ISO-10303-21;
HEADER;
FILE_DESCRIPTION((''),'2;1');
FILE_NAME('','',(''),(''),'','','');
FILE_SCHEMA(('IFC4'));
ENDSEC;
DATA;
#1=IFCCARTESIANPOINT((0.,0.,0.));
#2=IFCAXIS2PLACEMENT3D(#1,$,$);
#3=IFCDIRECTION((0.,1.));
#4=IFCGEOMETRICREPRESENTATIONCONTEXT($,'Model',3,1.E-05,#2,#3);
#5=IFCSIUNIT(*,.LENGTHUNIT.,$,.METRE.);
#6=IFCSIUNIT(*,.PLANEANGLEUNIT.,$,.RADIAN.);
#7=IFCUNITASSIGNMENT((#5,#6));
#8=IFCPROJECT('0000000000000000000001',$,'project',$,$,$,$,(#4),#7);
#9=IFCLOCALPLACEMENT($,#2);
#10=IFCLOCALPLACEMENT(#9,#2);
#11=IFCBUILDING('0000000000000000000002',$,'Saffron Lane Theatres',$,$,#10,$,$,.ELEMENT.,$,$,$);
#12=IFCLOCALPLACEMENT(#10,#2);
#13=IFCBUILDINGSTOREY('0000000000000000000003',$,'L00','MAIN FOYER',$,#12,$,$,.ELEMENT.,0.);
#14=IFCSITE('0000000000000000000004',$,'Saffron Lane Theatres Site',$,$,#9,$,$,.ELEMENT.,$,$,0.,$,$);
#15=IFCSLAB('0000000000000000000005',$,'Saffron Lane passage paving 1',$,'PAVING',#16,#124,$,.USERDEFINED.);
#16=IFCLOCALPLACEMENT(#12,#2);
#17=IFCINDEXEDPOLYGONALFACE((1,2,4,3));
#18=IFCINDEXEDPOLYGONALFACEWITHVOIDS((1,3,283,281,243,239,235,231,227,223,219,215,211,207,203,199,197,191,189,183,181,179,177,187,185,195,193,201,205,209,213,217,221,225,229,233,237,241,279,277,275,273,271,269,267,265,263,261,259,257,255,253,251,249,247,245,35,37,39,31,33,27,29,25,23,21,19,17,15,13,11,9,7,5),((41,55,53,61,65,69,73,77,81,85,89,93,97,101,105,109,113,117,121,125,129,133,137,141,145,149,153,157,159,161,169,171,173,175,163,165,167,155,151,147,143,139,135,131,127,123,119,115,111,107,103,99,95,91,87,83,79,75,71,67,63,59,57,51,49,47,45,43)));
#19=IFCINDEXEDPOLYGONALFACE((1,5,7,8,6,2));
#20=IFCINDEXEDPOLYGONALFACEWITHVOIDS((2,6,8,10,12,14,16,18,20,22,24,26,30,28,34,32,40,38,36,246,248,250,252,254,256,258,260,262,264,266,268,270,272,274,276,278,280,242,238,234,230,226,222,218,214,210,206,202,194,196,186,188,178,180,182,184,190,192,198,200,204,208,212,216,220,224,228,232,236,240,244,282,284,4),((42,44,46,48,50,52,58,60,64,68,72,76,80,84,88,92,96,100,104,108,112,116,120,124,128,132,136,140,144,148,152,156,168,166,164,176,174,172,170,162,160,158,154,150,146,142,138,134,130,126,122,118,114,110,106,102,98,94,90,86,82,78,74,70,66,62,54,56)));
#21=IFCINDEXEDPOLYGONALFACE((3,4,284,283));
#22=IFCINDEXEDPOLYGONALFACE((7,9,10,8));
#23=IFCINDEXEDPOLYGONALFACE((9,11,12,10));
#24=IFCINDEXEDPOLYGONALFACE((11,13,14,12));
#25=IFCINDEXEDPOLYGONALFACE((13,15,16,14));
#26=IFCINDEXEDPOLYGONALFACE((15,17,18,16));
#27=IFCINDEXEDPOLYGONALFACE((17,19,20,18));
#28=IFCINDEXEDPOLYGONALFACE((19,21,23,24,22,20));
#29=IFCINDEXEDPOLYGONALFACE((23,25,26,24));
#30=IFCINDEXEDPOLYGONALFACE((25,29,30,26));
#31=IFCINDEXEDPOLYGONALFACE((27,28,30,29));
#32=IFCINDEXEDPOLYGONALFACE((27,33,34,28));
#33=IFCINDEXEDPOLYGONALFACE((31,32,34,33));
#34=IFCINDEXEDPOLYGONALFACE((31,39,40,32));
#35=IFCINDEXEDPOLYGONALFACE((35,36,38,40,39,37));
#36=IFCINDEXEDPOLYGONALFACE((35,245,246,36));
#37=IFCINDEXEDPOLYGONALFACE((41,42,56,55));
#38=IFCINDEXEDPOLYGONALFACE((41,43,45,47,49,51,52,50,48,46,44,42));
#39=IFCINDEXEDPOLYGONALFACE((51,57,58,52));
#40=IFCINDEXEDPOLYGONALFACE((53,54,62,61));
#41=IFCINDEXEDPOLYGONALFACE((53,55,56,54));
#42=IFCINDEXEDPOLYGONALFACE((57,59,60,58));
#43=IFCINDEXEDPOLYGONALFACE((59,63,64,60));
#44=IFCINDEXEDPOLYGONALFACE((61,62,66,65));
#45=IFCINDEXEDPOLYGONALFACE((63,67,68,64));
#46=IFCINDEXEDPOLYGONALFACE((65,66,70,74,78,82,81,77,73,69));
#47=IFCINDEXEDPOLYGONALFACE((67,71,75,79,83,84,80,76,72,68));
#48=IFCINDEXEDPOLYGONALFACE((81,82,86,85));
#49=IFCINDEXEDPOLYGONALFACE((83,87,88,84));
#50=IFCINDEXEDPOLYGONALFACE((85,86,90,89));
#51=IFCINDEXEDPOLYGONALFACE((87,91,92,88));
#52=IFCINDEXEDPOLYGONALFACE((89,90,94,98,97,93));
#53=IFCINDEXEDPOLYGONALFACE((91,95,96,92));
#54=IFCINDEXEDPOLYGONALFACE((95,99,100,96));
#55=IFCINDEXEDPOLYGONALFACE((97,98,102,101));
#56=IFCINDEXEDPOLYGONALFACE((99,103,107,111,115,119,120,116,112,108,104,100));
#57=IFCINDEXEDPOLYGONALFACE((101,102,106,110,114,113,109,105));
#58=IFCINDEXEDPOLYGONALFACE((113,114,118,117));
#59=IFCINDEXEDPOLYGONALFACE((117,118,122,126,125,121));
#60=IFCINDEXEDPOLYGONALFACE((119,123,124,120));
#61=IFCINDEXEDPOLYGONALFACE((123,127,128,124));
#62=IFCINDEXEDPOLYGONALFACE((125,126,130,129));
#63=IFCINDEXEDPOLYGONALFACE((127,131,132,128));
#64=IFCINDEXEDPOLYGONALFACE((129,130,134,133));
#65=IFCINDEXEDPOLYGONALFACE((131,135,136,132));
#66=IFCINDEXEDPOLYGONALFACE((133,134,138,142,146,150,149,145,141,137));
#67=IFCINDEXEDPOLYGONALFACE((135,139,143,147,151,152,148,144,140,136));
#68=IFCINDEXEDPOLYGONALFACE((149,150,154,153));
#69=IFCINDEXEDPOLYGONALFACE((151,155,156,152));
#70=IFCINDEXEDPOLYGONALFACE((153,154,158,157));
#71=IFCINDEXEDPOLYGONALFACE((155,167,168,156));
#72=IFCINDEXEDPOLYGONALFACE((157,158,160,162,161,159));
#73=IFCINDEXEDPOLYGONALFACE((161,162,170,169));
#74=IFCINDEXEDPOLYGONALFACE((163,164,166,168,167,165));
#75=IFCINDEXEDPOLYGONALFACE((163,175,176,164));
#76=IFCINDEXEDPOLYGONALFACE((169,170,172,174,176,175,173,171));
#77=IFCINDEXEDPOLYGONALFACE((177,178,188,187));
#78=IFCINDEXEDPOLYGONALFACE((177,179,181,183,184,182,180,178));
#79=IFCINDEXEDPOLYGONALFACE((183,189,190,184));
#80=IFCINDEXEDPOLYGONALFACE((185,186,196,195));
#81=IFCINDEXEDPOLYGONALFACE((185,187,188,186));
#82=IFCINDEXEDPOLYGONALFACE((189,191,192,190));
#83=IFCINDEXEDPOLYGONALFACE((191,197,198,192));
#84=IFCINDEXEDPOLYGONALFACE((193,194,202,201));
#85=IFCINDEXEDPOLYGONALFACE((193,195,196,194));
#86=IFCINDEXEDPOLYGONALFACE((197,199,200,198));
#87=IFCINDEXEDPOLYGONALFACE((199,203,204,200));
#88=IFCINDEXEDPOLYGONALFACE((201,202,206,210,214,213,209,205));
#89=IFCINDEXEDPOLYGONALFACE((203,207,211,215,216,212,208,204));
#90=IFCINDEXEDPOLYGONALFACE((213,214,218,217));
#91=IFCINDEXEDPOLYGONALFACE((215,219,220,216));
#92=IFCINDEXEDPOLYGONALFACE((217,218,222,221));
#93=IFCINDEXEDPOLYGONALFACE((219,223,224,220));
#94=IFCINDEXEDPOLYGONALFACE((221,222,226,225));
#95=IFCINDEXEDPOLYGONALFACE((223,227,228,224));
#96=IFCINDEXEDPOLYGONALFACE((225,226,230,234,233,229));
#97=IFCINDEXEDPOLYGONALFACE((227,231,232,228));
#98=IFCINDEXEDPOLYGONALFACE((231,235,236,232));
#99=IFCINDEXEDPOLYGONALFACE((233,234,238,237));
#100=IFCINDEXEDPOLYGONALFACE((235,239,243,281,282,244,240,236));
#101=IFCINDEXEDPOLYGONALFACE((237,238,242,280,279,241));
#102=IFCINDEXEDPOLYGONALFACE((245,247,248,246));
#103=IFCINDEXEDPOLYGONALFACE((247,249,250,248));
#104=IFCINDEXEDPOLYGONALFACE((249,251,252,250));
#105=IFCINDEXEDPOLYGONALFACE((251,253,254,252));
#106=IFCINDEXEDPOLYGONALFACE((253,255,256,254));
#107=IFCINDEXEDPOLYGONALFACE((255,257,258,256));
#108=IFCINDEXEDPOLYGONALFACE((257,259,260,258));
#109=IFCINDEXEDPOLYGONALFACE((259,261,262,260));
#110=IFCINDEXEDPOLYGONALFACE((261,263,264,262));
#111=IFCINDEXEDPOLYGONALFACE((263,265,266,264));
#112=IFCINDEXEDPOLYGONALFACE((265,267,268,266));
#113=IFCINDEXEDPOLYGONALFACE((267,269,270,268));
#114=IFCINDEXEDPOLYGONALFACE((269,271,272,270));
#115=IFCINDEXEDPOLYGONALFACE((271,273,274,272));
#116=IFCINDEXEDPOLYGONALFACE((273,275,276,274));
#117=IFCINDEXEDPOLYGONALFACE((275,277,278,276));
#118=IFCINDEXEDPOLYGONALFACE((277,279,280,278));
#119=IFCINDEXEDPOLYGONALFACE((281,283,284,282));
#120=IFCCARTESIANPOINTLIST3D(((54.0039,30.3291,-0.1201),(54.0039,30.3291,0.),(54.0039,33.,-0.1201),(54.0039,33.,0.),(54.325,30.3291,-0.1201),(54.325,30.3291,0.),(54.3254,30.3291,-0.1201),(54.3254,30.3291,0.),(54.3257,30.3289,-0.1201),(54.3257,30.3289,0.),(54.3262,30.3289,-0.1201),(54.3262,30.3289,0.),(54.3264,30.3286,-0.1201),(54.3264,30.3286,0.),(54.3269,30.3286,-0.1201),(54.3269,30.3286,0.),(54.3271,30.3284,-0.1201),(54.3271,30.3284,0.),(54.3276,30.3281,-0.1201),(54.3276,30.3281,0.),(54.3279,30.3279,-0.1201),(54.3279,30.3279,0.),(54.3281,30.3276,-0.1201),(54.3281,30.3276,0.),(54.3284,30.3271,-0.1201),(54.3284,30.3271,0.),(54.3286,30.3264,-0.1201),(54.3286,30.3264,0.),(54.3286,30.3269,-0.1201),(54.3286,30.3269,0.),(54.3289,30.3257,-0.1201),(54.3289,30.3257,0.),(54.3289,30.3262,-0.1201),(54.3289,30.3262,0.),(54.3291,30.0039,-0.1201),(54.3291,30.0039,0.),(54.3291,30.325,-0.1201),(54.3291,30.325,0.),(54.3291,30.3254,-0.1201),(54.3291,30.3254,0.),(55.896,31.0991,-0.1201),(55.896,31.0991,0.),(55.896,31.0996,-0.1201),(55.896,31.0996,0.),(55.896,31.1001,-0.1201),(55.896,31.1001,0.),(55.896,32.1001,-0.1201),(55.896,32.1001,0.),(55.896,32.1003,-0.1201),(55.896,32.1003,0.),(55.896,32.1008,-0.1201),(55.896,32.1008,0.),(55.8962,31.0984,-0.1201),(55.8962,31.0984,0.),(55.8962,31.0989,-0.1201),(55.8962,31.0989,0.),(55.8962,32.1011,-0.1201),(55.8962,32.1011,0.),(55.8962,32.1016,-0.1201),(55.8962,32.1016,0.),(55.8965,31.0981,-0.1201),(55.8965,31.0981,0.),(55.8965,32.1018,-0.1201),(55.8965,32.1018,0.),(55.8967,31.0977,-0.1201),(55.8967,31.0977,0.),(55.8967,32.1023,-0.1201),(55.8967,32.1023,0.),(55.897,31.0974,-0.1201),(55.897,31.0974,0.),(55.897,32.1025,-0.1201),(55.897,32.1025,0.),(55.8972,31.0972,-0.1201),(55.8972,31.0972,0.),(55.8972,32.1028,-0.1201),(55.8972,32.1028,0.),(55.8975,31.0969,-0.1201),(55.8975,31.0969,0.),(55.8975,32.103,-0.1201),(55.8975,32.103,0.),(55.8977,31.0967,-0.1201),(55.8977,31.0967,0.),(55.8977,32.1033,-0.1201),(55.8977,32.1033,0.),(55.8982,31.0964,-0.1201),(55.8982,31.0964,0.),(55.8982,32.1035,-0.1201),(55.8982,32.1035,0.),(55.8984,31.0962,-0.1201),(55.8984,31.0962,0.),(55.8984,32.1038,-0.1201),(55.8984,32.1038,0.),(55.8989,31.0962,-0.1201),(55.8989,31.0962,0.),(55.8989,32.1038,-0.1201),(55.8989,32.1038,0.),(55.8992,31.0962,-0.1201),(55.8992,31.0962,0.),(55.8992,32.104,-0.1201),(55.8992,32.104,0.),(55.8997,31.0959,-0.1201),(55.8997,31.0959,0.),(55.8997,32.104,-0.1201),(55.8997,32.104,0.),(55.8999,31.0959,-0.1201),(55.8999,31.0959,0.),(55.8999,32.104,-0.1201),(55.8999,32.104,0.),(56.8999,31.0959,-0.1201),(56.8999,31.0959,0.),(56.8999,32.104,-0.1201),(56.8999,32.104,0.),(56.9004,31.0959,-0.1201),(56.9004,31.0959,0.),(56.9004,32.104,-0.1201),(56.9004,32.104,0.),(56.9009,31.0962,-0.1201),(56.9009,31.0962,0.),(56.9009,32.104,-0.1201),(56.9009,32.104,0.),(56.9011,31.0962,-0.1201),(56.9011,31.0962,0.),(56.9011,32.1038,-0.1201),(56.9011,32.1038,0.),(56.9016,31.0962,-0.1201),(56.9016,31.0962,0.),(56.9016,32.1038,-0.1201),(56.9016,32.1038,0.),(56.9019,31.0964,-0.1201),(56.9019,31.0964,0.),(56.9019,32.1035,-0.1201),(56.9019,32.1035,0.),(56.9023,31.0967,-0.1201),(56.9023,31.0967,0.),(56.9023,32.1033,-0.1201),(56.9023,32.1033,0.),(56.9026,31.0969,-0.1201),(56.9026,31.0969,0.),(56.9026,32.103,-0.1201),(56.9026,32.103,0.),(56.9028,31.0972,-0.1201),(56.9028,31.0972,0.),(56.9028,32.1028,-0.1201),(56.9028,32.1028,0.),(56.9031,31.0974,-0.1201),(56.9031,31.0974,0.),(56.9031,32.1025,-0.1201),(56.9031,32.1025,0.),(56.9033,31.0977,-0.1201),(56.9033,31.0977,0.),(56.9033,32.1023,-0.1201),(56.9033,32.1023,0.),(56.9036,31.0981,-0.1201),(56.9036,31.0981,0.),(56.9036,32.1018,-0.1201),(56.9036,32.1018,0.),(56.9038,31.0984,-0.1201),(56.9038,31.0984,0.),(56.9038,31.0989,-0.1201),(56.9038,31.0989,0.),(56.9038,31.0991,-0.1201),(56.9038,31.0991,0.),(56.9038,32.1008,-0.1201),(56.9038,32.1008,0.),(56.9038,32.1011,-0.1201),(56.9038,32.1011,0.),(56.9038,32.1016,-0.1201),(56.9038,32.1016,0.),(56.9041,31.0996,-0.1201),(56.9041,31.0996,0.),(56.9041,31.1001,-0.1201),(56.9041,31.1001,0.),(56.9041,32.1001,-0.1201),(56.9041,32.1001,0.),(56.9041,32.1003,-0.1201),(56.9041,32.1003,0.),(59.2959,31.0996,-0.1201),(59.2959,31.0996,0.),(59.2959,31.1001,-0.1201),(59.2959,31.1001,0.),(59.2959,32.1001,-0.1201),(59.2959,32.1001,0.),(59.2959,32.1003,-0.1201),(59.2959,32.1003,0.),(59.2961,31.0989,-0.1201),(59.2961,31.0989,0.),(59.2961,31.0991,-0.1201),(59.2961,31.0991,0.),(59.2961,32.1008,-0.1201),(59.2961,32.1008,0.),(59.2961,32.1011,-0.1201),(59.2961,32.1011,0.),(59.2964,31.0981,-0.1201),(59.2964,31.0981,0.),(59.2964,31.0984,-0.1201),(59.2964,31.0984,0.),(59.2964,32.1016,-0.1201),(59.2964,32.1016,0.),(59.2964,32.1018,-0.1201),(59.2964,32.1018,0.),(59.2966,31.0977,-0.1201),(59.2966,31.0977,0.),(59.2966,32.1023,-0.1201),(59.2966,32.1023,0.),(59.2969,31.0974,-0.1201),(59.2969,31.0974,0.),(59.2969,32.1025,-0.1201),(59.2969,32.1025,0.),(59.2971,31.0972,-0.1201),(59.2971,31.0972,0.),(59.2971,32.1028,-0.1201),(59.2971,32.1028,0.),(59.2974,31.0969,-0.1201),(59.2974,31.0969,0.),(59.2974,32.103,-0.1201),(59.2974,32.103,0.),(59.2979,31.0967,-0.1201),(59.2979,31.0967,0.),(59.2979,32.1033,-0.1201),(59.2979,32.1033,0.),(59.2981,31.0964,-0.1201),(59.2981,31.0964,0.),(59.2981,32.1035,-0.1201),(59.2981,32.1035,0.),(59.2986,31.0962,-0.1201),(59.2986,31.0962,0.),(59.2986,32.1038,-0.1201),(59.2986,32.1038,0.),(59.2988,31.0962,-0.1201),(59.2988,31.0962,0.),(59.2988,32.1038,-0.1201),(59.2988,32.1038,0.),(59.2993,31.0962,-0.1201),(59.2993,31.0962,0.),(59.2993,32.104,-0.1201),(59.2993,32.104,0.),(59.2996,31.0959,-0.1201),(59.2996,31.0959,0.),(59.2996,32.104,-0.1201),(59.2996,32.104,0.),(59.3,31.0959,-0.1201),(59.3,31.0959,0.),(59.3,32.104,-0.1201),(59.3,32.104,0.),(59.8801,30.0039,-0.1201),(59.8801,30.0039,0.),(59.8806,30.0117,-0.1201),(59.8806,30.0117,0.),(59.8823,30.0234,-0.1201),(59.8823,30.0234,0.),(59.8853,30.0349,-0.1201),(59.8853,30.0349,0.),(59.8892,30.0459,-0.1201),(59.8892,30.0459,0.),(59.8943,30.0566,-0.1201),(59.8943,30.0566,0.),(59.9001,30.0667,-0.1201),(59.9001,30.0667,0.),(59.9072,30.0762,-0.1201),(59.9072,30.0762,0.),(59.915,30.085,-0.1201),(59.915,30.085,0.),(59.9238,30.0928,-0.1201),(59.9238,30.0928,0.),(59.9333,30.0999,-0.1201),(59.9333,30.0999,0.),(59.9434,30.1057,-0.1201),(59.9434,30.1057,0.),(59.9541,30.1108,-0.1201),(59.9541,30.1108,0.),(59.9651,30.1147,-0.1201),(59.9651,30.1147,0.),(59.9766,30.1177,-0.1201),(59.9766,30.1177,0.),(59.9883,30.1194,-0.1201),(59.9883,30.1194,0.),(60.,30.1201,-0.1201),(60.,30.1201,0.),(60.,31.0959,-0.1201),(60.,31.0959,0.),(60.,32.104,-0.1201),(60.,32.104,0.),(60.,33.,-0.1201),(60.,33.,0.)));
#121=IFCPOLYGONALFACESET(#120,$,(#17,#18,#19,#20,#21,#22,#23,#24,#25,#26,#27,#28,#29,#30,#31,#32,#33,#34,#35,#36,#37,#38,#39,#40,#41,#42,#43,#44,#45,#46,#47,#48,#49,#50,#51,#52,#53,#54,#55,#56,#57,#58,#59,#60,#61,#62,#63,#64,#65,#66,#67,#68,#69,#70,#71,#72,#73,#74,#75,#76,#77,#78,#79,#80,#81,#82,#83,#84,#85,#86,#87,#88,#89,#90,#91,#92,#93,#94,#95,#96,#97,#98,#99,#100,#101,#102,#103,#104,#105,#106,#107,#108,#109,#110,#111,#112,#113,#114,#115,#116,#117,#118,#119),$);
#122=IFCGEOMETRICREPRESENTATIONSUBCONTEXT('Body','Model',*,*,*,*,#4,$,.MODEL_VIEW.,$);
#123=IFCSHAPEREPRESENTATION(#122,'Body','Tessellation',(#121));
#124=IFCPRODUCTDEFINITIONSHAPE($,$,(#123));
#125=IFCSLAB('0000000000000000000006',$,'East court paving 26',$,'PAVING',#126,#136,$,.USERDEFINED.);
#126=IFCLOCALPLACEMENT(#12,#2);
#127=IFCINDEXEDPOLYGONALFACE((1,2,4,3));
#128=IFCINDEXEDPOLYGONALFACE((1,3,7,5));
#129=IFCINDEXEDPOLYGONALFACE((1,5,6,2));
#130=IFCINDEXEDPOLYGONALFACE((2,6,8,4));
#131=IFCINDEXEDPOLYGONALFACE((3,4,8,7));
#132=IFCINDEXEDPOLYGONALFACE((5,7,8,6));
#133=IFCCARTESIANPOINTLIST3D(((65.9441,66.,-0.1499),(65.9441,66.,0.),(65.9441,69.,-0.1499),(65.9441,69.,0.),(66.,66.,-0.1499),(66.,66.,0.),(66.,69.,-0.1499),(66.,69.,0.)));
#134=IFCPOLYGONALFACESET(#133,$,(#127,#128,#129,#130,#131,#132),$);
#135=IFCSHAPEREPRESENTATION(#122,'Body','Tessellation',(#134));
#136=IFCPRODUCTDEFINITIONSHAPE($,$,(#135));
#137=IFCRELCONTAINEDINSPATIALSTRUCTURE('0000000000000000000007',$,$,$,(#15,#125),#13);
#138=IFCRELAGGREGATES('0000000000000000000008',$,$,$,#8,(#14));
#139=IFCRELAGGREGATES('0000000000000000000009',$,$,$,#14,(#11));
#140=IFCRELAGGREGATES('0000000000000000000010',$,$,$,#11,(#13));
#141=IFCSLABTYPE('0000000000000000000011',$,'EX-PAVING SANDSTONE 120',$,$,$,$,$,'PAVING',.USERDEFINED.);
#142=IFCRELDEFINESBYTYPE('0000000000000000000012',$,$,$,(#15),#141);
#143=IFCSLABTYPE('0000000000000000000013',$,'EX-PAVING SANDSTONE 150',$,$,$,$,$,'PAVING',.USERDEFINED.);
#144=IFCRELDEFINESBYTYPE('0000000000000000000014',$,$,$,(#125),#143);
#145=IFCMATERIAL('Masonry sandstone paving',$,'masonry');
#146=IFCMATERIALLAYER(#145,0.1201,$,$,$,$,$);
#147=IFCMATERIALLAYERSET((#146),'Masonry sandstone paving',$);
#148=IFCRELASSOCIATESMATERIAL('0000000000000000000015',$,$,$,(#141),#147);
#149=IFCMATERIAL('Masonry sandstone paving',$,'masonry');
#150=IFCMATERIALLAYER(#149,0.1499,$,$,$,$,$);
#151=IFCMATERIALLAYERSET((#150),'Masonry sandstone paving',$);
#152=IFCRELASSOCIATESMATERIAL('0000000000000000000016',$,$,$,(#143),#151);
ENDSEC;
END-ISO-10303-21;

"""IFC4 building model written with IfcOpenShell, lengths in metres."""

from ifc_helpers import new_model, si_unit, direction, frame, origin, place, context, subcontext, project, spatial, polyline, outline, extrude, material, layer, layer_set, type_object, element, save


model = new_model("IFC4")

# Units and contexts
model_context = context("Model", 3, precision=1e-05, world=origin(), true_north=direction((0.0, 1.0)))
body_context = subcontext(model_context, "Body", "Model", "MODEL_VIEW")
ifc_project = project(units=[si_unit("LENGTHUNIT", "METRE"), si_unit("PLANEANGLEUNIT", "RADIAN")], contexts=[model_context])

# Site, building, storey
site_placement = place(None, origin())
site = spatial("IfcSite", under=ifc_project, at=site_placement, Name="Saffron Lane Theatres Site", CompositionType="ELEMENT", RefElevation=0.0)
building_placement = place(site_placement, origin())
building = spatial("IfcBuilding", under=site, at=building_placement, Name="Saffron Lane Theatres", CompositionType="ELEMENT")
storey_placement = place(building_placement, origin())
storey = spatial("IfcBuildingStorey", under=building, at=storey_placement, Name="L00", Description="MAIN FOYER", CompositionType="ELEMENT", Elevation=0.0)

# Slabs
ifc_material_1 = material(Name="Masonry sandstone paving", Category="masonry")
ifc_layer_1 = layer(ifc_material_1, 0.1201)
ifc_layer_set_1 = layer_set([ifc_layer_1], Name="Masonry sandstone paving")
slab_type_1 = type_object("IfcSlabType", Name="EX-PAVING SANDSTONE 120", ElementType="PAVING", PredefinedType="USERDEFINED", material=ifc_layer_set_1)
slab_1_placement = place(storey_placement, frame((0.0, 0.0, -0.1201)))
element("IfcSlab", 1, at=slab_1_placement, inside=storey, type_object=slab_type_1, Name="Saffron Lane passage paving 1", ObjectType="PAVING", PredefinedType="USERDEFINED", context=body_context, shape_type="SweptSolid", body=[
    extrude(outline(polyline([(60.0, 32.104), (60.0, 33.0), (54.0039, 33.0), (54.0039, 30.3291), (54.325, 30.3291), (54.3254, 30.3291), (54.3257, 30.3289), (54.3262, 30.3289), (54.3264, 30.3286), (54.3269, 30.3286), (54.3271, 30.3284), (54.3276, 30.3281), (54.3279, 30.3279), (54.3281, 30.3276), (54.3284, 30.3271), (54.3286, 30.3269), (54.3286, 30.3264), (54.3289, 30.3262), (54.3289, 30.3257), (54.3291, 30.3254), (54.3291, 30.325), (54.3291, 30.0039), (59.8801, 30.0039), (59.8806, 30.0117), (59.8823, 30.0234), (59.8853, 30.0349), (59.8892, 30.0459), (59.8943, 30.0566), (59.9001, 30.0667), (59.9072, 30.0762), (59.915, 30.085), (59.9238, 30.0928), (59.9333, 30.0999), (59.9434, 30.1057), (59.9541, 30.1108), (59.9651, 30.1147), (59.9766, 30.1177), (59.9883, 30.1194), (60.0, 30.1201), (60.0, 31.0959), (59.3, 31.0959), (59.2996, 31.0959), (59.2993, 31.0962), (59.2988, 31.0962), (59.2986, 31.0962), (59.2981, 31.0964), (59.2979, 31.0967), (59.2974, 31.0969), (59.2971, 31.0972), (59.2969, 31.0974), (59.2966, 31.0977), (59.2964, 31.0981), (59.2964, 31.0984), (59.2961, 31.0989), (59.2961, 31.0991), (59.2959, 31.0996), (59.2959, 31.1001), (59.2959, 32.1001), (59.2959, 32.1003), (59.2961, 32.1008), (59.2961, 32.1011), (59.2964, 32.1016), (59.2964, 32.1018), (59.2966, 32.1023), (59.2969, 32.1025), (59.2971, 32.1028), (59.2974, 32.103), (59.2979, 32.1033), (59.2981, 32.1035), (59.2986, 32.1038), (59.2988, 32.1038), (59.2993, 32.104), (59.2996, 32.104), (59.3, 32.104), (60.0, 32.104)]), holes=[polyline([(55.896, 32.1008), (55.8962, 32.1011), (55.8962, 32.1016), (55.8965, 32.1018), (55.8967, 32.1023), (55.897, 32.1025), (55.8972, 32.1028), (55.8975, 32.103), (55.8977, 32.1033), (55.8982, 32.1035), (55.8984, 32.1038), (55.8989, 32.1038), (55.8992, 32.104), (55.8997, 32.104), (55.8999, 32.104), (56.8999, 32.104), (56.9004, 32.104), (56.9009, 32.104), (56.9011, 32.1038), (56.9016, 32.1038), (56.9019, 32.1035), (56.9023, 32.1033), (56.9026, 32.103), (56.9028, 32.1028), (56.9031, 32.1025), (56.9033, 32.1023), (56.9036, 32.1018), (56.9038, 32.1016), (56.9038, 32.1011), (56.9038, 32.1008), (56.9041, 32.1003), (56.9041, 32.1001), (56.9041, 31.1001), (56.9041, 31.0996), (56.9038, 31.0991), (56.9038, 31.0989), (56.9038, 31.0984), (56.9036, 31.0981), (56.9033, 31.0977), (56.9031, 31.0974), (56.9028, 31.0972), (56.9026, 31.0969), (56.9023, 31.0967), (56.9019, 31.0964), (56.9016, 31.0962), (56.9011, 31.0962), (56.9009, 31.0962), (56.9004, 31.0959), (56.8999, 31.0959), (55.8999, 31.0959), (55.8997, 31.0959), (55.8992, 31.0962), (55.8989, 31.0962), (55.8984, 31.0962), (55.8982, 31.0964), (55.8977, 31.0967), (55.8975, 31.0969), (55.8972, 31.0972), (55.897, 31.0974), (55.8967, 31.0977), (55.8965, 31.0981), (55.8962, 31.0984), (55.8962, 31.0989), (55.896, 31.0991), (55.896, 31.0996), (55.896, 31.1001), (55.896, 32.1001), (55.896, 32.1003), (55.896, 32.1008)])]), origin(), (0.0, 0.0, 1.0), 0.1201),
])
ifc_material_2 = material(Name="Masonry sandstone paving", Category="masonry")
ifc_layer_2 = layer(ifc_material_2, 0.1499)
ifc_layer_set_2 = layer_set([ifc_layer_2], Name="Masonry sandstone paving")
slab_type_2 = type_object("IfcSlabType", Name="EX-PAVING SANDSTONE 150", ElementType="PAVING", PredefinedType="USERDEFINED", material=ifc_layer_set_2)
slab_2_placement = place(storey_placement, frame((0.0, 0.0, -0.1499)))
element("IfcSlab", 2, at=slab_2_placement, inside=storey, type_object=slab_type_2, Name="East court paving 26", ObjectType="PAVING", PredefinedType="USERDEFINED", context=body_context, shape_type="SweptSolid", body=[
    extrude(outline(polyline([(66.0, 66.0), (66.0, 69.0), (65.9441, 69.0), (65.9441, 66.0), (66.0, 66.0)])), origin(), (0.0, 0.0, 1.0), 0.1499),
])

save(model, "model.ifc")
